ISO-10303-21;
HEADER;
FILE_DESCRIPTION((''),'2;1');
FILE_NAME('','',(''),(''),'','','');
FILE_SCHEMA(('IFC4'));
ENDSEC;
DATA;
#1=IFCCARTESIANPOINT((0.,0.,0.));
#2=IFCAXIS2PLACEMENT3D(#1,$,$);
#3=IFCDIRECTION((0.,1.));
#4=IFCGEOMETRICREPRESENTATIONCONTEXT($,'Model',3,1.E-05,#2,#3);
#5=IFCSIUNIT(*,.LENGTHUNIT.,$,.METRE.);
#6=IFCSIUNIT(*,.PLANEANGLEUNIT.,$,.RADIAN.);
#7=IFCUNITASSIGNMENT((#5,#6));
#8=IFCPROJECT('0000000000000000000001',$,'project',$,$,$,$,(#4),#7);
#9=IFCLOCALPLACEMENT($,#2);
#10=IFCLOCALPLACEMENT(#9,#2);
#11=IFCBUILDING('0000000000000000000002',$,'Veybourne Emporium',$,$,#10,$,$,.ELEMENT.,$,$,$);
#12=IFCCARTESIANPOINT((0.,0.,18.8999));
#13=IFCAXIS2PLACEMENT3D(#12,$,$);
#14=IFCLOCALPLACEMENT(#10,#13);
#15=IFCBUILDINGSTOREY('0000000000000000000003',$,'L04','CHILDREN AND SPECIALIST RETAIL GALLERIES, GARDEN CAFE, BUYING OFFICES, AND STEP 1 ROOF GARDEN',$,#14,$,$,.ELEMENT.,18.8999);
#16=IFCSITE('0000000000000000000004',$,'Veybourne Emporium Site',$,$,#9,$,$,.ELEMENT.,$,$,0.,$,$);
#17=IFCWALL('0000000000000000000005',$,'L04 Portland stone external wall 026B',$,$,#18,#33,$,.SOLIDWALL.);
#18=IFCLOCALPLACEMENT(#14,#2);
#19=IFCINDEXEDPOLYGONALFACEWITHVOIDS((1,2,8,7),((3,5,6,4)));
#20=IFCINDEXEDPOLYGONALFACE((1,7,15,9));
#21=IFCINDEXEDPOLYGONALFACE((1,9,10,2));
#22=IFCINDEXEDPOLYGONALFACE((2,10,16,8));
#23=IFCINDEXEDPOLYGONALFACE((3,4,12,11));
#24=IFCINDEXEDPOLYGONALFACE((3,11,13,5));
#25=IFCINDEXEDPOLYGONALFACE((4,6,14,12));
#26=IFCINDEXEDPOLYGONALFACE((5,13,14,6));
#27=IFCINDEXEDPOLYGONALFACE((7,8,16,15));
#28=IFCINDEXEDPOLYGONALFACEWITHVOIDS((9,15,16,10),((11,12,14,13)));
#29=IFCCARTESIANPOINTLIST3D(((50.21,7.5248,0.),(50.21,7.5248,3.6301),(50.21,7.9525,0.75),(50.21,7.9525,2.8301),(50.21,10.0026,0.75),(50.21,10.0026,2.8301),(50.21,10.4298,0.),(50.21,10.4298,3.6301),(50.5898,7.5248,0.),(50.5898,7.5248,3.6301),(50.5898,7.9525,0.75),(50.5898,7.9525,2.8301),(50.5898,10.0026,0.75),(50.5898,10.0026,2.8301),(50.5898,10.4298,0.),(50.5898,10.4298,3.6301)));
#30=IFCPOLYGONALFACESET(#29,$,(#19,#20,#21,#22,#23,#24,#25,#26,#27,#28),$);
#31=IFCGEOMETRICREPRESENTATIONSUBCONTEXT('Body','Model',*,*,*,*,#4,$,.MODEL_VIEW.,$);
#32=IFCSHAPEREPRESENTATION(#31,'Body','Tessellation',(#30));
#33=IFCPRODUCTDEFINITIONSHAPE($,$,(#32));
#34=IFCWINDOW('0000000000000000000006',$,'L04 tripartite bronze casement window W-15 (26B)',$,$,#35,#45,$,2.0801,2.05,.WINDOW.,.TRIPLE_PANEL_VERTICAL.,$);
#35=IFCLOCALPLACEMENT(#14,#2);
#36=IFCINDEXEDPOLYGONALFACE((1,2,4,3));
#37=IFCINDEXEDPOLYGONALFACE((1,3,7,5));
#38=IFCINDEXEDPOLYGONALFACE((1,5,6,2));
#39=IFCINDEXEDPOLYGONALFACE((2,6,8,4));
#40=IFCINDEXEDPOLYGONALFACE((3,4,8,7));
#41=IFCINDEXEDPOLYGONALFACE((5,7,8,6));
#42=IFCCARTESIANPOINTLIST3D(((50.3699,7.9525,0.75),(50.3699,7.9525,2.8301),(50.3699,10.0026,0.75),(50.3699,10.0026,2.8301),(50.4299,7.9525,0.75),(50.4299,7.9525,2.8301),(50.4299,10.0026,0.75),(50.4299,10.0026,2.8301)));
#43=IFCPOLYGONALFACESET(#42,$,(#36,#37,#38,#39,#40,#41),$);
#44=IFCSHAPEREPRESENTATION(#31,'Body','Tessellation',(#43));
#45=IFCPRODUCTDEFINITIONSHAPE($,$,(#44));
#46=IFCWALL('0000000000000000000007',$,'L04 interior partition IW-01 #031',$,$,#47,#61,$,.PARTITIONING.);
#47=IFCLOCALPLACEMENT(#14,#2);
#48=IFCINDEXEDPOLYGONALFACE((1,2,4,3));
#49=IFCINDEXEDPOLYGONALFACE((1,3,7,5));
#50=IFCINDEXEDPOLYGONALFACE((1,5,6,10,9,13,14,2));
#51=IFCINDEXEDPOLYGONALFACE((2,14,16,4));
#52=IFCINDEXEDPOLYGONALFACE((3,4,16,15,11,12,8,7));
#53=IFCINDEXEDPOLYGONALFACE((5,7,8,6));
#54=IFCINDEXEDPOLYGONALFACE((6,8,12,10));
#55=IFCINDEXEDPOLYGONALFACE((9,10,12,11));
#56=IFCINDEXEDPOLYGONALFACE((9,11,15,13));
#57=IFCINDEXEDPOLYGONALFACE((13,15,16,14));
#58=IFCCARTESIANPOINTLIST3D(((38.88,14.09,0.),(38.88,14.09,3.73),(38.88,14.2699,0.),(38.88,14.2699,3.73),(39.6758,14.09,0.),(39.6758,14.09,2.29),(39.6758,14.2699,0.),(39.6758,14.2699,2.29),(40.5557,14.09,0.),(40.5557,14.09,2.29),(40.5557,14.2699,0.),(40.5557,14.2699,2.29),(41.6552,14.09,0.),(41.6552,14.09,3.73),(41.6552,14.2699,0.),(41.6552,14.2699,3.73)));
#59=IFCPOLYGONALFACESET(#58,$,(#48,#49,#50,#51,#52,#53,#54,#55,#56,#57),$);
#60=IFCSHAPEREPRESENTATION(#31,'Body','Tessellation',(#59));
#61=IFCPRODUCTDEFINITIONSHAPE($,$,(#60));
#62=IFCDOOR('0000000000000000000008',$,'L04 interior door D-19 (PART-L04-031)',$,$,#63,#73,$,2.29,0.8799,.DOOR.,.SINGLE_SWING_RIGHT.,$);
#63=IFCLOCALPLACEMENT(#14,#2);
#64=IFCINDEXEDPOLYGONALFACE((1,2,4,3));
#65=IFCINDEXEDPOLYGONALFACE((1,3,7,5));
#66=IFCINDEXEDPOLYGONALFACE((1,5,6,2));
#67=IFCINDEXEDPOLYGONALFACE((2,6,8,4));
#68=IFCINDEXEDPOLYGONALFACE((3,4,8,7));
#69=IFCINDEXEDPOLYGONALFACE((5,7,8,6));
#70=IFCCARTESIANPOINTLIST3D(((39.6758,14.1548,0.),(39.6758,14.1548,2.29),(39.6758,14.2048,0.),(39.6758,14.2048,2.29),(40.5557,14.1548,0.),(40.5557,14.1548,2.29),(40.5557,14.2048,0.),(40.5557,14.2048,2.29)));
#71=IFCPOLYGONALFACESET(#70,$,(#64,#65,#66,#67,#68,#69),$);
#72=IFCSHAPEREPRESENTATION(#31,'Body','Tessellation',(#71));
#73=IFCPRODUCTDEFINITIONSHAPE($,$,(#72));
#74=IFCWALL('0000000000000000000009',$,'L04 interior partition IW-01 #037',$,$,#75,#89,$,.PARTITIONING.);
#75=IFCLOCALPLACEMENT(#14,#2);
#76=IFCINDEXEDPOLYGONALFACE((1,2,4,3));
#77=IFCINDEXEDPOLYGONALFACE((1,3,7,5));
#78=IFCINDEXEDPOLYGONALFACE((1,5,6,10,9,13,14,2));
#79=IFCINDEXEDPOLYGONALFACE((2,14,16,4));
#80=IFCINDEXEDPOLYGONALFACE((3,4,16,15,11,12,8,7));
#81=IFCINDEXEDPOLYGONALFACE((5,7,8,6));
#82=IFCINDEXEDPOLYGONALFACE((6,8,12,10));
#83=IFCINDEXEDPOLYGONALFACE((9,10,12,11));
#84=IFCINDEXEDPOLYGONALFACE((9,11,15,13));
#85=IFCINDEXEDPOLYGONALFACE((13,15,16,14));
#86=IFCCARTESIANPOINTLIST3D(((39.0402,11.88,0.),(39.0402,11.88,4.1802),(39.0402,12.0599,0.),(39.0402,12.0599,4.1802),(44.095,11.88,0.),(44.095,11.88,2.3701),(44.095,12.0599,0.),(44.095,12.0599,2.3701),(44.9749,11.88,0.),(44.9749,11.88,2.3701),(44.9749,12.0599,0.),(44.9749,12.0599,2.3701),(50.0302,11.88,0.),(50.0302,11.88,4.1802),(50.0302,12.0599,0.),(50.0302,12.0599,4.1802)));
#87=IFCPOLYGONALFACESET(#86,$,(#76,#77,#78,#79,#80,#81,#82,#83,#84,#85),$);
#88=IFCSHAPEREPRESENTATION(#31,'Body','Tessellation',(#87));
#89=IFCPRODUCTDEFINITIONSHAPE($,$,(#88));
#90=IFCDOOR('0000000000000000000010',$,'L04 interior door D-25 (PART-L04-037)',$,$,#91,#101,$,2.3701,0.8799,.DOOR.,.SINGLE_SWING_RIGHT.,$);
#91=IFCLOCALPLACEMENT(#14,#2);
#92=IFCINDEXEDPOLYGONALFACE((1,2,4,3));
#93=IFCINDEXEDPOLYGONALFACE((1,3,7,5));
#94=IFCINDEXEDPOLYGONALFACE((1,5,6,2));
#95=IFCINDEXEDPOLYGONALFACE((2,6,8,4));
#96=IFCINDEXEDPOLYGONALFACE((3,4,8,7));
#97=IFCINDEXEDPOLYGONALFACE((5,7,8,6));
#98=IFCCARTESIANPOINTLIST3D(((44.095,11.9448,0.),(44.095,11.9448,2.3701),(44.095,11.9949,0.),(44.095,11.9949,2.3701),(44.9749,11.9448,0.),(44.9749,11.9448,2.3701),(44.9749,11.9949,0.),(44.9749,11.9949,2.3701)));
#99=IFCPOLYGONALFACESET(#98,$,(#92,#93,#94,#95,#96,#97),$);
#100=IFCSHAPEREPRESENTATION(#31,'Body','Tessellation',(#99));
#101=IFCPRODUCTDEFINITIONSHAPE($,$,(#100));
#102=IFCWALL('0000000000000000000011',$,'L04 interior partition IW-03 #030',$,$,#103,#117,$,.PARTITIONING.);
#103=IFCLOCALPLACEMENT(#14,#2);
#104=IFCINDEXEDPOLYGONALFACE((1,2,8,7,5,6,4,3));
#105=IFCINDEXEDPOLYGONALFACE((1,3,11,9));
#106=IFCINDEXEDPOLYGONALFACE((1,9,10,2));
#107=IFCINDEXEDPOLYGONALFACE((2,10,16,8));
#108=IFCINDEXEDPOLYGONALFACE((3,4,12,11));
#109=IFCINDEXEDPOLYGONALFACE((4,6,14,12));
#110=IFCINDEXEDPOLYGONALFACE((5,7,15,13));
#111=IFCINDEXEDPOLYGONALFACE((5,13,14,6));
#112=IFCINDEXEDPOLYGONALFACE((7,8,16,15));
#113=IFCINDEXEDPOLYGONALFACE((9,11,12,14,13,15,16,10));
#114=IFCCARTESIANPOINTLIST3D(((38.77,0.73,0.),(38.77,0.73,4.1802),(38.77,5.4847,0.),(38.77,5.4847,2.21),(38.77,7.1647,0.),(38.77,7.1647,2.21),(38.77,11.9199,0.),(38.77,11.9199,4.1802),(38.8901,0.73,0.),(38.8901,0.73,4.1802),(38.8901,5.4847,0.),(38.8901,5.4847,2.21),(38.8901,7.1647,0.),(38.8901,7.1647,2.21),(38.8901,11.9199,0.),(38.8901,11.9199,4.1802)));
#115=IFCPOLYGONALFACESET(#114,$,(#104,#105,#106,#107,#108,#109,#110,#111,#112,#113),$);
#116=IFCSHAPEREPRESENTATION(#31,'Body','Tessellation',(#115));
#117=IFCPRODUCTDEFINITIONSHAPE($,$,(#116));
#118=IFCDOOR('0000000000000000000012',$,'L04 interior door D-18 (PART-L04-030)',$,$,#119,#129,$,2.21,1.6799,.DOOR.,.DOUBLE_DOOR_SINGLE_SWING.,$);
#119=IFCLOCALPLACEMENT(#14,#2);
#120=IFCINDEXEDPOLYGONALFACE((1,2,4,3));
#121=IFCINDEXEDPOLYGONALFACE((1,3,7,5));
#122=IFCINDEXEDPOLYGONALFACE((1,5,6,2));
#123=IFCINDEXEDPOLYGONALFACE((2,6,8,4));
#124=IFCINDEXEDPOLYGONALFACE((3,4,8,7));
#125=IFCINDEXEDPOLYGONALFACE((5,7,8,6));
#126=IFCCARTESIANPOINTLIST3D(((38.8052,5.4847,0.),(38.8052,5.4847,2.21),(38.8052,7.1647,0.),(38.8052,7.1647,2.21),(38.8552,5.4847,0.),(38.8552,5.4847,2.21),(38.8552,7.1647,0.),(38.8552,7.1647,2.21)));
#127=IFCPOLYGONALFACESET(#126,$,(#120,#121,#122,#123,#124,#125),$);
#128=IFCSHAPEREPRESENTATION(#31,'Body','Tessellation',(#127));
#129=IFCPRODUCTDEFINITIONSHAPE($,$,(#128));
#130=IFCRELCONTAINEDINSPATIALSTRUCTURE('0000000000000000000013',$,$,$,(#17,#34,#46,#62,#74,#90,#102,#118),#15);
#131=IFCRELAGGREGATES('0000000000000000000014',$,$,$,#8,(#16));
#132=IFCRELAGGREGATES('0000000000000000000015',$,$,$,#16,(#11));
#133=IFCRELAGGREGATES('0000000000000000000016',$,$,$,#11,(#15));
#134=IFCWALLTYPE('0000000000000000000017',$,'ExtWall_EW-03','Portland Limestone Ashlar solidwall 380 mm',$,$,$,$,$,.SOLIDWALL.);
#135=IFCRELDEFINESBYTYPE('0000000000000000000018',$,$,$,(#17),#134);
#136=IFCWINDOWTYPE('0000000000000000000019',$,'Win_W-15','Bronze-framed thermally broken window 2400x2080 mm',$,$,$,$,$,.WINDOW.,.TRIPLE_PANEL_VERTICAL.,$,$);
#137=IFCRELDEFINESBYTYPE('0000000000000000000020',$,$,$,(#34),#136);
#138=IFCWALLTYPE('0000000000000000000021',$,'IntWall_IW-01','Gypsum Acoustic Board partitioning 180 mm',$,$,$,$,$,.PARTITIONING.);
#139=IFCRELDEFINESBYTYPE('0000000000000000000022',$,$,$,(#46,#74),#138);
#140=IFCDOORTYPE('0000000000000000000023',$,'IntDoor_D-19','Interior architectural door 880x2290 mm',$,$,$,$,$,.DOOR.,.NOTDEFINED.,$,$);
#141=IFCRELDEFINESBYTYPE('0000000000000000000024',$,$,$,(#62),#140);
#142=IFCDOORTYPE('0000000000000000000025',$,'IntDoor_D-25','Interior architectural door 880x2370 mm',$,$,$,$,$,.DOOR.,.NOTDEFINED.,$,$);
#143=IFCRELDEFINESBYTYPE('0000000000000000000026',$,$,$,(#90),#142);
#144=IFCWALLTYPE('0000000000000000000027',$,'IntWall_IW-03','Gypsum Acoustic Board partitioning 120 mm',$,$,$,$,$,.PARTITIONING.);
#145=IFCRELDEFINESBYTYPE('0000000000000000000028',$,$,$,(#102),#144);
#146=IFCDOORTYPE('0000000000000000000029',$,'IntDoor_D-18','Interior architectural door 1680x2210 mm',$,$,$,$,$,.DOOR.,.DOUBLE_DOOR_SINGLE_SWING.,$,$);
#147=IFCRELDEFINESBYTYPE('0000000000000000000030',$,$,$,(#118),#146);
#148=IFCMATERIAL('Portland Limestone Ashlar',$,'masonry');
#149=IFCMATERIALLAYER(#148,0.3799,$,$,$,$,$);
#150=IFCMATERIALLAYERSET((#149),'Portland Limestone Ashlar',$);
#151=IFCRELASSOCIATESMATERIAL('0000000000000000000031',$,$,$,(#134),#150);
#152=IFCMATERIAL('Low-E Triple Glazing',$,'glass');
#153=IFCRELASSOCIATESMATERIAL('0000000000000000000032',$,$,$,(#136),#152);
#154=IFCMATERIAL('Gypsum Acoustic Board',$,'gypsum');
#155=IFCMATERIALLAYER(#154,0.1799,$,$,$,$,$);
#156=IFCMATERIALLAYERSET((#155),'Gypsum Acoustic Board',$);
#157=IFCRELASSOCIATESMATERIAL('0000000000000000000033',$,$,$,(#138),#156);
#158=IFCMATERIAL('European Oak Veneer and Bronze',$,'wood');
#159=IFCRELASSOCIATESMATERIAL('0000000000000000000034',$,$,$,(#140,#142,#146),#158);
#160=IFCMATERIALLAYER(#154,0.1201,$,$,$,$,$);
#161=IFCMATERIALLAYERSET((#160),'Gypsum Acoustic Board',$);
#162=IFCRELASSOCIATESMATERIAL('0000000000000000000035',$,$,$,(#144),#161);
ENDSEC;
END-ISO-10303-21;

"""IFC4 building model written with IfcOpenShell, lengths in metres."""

from ifc_helpers import new_model, si_unit, direction, frame, frame_2d, origin, place, context, subcontext, project, spatial, rectangle, extrude, material, layer, layer_set, type_object, element, fill, save


model = new_model("IFC4")

# Units and contexts
model_context = context("Model", 3, precision=1e-05, world=origin(), true_north=direction((0.0, 1.0)))
body_context = subcontext(model_context, "Body", "Model", "MODEL_VIEW")
ifc_project = project(units=[si_unit("LENGTHUNIT", "METRE"), si_unit("PLANEANGLEUNIT", "RADIAN")], contexts=[model_context])

# Site, building, storey
site_placement = place(None, origin())
site = spatial("IfcSite", under=ifc_project, at=site_placement, Name="Veybourne Emporium Site", CompositionType="ELEMENT", RefElevation=0.0)
building_placement = place(site_placement, origin())
building = spatial("IfcBuilding", under=site, at=building_placement, Name="Veybourne Emporium", CompositionType="ELEMENT")
storey_placement = place(building_placement, frame((0.0, 0.0, 18.8999)))
storey = spatial("IfcBuildingStorey", under=building, at=storey_placement, Name="L04", Description="CHILDREN AND SPECIALIST RETAIL GALLERIES, GARDEN CAFE, BUYING OFFICES, AND STEP 1 ROOF GARDEN", CompositionType="ELEMENT", Elevation=18.8999)

# Shared definitions
ifc_material_1 = material(Name="Portland Limestone Ashlar", Category="masonry")
ifc_layer_1 = layer(ifc_material_1, 0.3799)
ifc_layer_set_1 = layer_set([ifc_layer_1], Name="Portland Limestone Ashlar")
wall_type_1 = type_object("IfcWallType", Name="ExtWall_EW-03", Description="Portland Limestone Ashlar solidwall 380 mm", PredefinedType="SOLIDWALL", material=ifc_layer_set_1)
ifc_material_2 = material(Name="Low-E Triple Glazing", Category="glass")

# Wall, opening, window
wall_1_placement = place(storey_placement, frame((50.3999, 10.4299, 0.0), z_axis=(0.0, 0.0, 1.0), x_axis=(0.0, -1.0, 0.0)))
wall_1 = element("IfcWall", 1, at=wall_1_placement, inside=storey, type_object=wall_type_1, Name="L04 Portland stone external wall 026B", PredefinedType="SOLIDWALL", context=body_context, shape_type="SweptSolid", body=[
    extrude(rectangle(XDim=2.905, YDim=0.3799, at=frame_2d((1.4526, 0.0))), origin(), (0.0, 0.0, 1.0), 3.6301),
])
opening_1_placement = place(wall_1_placement, frame((0.4275, 0.0, 0.75)))
opening_1 = element("IfcOpeningElement", 2, at=opening_1_placement, cuts=wall_1, PredefinedType="OPENING", context=body_context, shape_type="SweptSolid", body=[
    extrude(rectangle(XDim=2.05, YDim=2.0801, at=frame_2d((1.0249, 1.04))), frame((0.0, 0.21, 0.0), z_axis=(0.0, -1.0, 0.0), x_axis=(1.0, 0.0, 0.0)), (0.0, 0.0, 1.0), 0.4199),
])
window_type_1 = type_object("IfcWindowType", Name="Win_W-15", Description="Bronze-framed thermally broken window 2400x2080 mm", PartitioningType="TRIPLE_PANEL_VERTICAL", PredefinedType="WINDOW", material=ifc_material_2)
window_1_placement = place(opening_1_placement, origin())
window_1 = element("IfcWindow", 3, at=window_1_placement, inside=storey, type_object=window_type_1, Name="L04 tripartite bronze casement window W-15 (26B)", OverallHeight=2.0801, OverallWidth=2.05, PartitioningType="TRIPLE_PANEL_VERTICAL", PredefinedType="WINDOW", context=body_context, shape_type="SweptSolid", body=[
    extrude(rectangle(XDim=2.05, YDim=2.0801, at=frame_2d((1.0249, 1.04))), frame((0.0, 0.03, 0.0), z_axis=(0.0, -1.0, 0.0), x_axis=(1.0, 0.0, 0.0)), (0.0, 0.0, 1.0), 0.0601),
])
fill(opening_1, window_1)

# Walls, openings, doors
ifc_material_3 = material(Name="Gypsum Acoustic Board", Category="gypsum")
ifc_layer_2 = layer(ifc_material_3, 0.1799)
ifc_layer_set_2 = layer_set([ifc_layer_2], Name="Gypsum Acoustic Board")
wall_type_2 = type_object("IfcWallType", Name="IntWall_IW-01", Description="Gypsum Acoustic Board partitioning 180 mm", PredefinedType="PARTITIONING", material=ifc_layer_set_2)
wall_2_placement = place(storey_placement, frame((38.8799, 14.1799, 0.0), z_axis=(0.0, 0.0, 1.0), x_axis=(1.0, 0.0, 0.0)))
wall_2 = element("IfcWall", 4, at=wall_2_placement, inside=storey, type_object=wall_type_2, Name="L04 interior partition IW-01 #031", PredefinedType="PARTITIONING", context=body_context, shape_type="SweptSolid", body=[
    extrude(rectangle(XDim=2.7751, YDim=0.1799, at=frame_2d((1.3877, 0.0))), origin(), (0.0, 0.0, 1.0), 3.73),
])
opening_2_placement = place(wall_2_placement, frame((0.7959, 0.0, 0.0)))
opening_2 = element("IfcOpeningElement", 5, at=opening_2_placement, cuts=wall_2, PredefinedType="OPENING", context=body_context, shape_type="SweptSolid", body=[
    extrude(rectangle(XDim=0.8799, YDim=2.29, at=frame_2d((0.4399, 1.145))), frame((0.0, 0.1099, 0.0), z_axis=(0.0, -1.0, 0.0), x_axis=(1.0, 0.0, 0.0)), (0.0, 0.0, 1.0), 0.22),
])
ifc_material_4 = material(Name="European Oak Veneer and Bronze", Category="wood")
door_type_1 = type_object("IfcDoorType", Name="IntDoor_D-19", Description="Interior architectural door 880x2290 mm", OperationType="NOTDEFINED", PredefinedType="DOOR", material=ifc_material_4)
door_1_placement = place(opening_2_placement, origin())
door_1 = element("IfcDoor", 6, at=door_1_placement, inside=storey, type_object=door_type_1, Name="L04 interior door D-19 (PART-L04-031)", OperationType="SINGLE_SWING_RIGHT", OverallHeight=2.29, OverallWidth=0.8799, PredefinedType="DOOR", context=body_context, shape_type="SweptSolid", body=[
    extrude(rectangle(XDim=0.8799, YDim=2.29, at=frame_2d((0.4399, 1.145))), frame((0.0, 0.0249, 0.0), z_axis=(0.0, -1.0, 0.0), x_axis=(1.0, 0.0, 0.0)), (0.0, 0.0, 1.0), 0.05),
])
fill(opening_2, door_1)
wall_3_placement = place(storey_placement, frame((39.04, 11.97, 0.0), z_axis=(0.0, 0.0, 1.0), x_axis=(1.0, 0.0, 0.0)))
wall_3 = element("IfcWall", 7, at=wall_3_placement, inside=storey, type_object=wall_type_2, Name="L04 interior partition IW-01 #037", PredefinedType="PARTITIONING", context=body_context, shape_type="SweptSolid", body=[
    extrude(rectangle(XDim=10.99, YDim=0.1799, at=frame_2d((5.4951, 0.0))), origin(), (0.0, 0.0, 1.0), 4.1802),
])
opening_3_placement = place(wall_3_placement, frame((5.0549, 0.0, 0.0)))
opening_3 = element("IfcOpeningElement", 8, at=opening_3_placement, cuts=wall_3, PredefinedType="OPENING", context=body_context, shape_type="SweptSolid", body=[
    extrude(rectangle(XDim=0.8799, YDim=2.3701, at=frame_2d((0.4399, 1.1851))), frame((0.0, 0.1099, 0.0), z_axis=(0.0, -1.0, 0.0), x_axis=(1.0, 0.0, 0.0)), (0.0, 0.0, 1.0), 0.22),
])
door_type_2 = type_object("IfcDoorType", Name="IntDoor_D-25", Description="Interior architectural door 880x2370 mm", OperationType="NOTDEFINED", PredefinedType="DOOR", material=ifc_material_4)
door_2_placement = place(opening_3_placement, origin())
door_2 = element("IfcDoor", 9, at=door_2_placement, inside=storey, type_object=door_type_2, Name="L04 interior door D-25 (PART-L04-037)", OperationType="SINGLE_SWING_RIGHT", OverallHeight=2.3701, OverallWidth=0.8799, PredefinedType="DOOR", context=body_context, shape_type="SweptSolid", body=[
    extrude(rectangle(XDim=0.8799, YDim=2.3701, at=frame_2d((0.4399, 1.1851))), frame((0.0, 0.0249, 0.0), z_axis=(0.0, -1.0, 0.0), x_axis=(1.0, 0.0, 0.0)), (0.0, 0.0, 1.0), 0.05),
])
fill(opening_3, door_2)
ifc_layer_3 = layer(ifc_material_3, 0.1201)
ifc_layer_set_3 = layer_set([ifc_layer_3], Name="Gypsum Acoustic Board")
wall_type_3 = type_object("IfcWallType", Name="IntWall_IW-03", Description="Gypsum Acoustic Board partitioning 120 mm", PredefinedType="PARTITIONING", material=ifc_layer_set_3)
wall_4_placement = place(storey_placement, frame((38.8301, 0.73, 0.0), z_axis=(0.0, 0.0, 1.0), x_axis=(0.0, 1.0, 0.0)))
wall_4 = element("IfcWall", 10, at=wall_4_placement, inside=storey, type_object=wall_type_3, Name="L04 interior partition IW-03 #030", PredefinedType="PARTITIONING", context=body_context, shape_type="SweptSolid", body=[
    extrude(rectangle(XDim=11.1899, YDim=0.1201, at=frame_2d((5.595, 0.0))), origin(), (0.0, 0.0, 1.0), 4.1802),
])
opening_4_placement = place(wall_4_placement, frame((4.7549, 0.0, 0.0)))
opening_4 = element("IfcOpeningElement", 11, at=opening_4_placement, cuts=wall_4, PredefinedType="OPENING", context=body_context, shape_type="SweptSolid", body=[
    extrude(rectangle(XDim=1.6799, YDim=2.21, at=frame_2d((0.8398, 1.105))), frame((0.0, 0.0801, 0.0), z_axis=(0.0, -1.0, 0.0), x_axis=(1.0, 0.0, 0.0)), (0.0, 0.0, 1.0), 0.1602),
])
door_type_3 = type_object("IfcDoorType", Name="IntDoor_D-18", Description="Interior architectural door 1680x2210 mm", OperationType="DOUBLE_DOOR_SINGLE_SWING", PredefinedType="DOOR", material=ifc_material_4)
door_3_placement = place(opening_4_placement, origin())
door_3 = element("IfcDoor", 12, at=door_3_placement, inside=storey, type_object=door_type_3, Name="L04 interior door D-18 (PART-L04-030)", OperationType="DOUBLE_DOOR_SINGLE_SWING", OverallHeight=2.21, OverallWidth=1.6799, PredefinedType="DOOR", context=body_context, shape_type="SweptSolid", body=[
    extrude(rectangle(XDim=1.6799, YDim=2.21, at=frame_2d((0.8398, 1.105))), frame((0.0, 0.0249, 0.0), z_axis=(0.0, -1.0, 0.0), x_axis=(1.0, 0.0, 0.0)), (0.0, 0.0, 1.0), 0.05),
])
fill(opening_4, door_3)

save(model, "model.ifc")
